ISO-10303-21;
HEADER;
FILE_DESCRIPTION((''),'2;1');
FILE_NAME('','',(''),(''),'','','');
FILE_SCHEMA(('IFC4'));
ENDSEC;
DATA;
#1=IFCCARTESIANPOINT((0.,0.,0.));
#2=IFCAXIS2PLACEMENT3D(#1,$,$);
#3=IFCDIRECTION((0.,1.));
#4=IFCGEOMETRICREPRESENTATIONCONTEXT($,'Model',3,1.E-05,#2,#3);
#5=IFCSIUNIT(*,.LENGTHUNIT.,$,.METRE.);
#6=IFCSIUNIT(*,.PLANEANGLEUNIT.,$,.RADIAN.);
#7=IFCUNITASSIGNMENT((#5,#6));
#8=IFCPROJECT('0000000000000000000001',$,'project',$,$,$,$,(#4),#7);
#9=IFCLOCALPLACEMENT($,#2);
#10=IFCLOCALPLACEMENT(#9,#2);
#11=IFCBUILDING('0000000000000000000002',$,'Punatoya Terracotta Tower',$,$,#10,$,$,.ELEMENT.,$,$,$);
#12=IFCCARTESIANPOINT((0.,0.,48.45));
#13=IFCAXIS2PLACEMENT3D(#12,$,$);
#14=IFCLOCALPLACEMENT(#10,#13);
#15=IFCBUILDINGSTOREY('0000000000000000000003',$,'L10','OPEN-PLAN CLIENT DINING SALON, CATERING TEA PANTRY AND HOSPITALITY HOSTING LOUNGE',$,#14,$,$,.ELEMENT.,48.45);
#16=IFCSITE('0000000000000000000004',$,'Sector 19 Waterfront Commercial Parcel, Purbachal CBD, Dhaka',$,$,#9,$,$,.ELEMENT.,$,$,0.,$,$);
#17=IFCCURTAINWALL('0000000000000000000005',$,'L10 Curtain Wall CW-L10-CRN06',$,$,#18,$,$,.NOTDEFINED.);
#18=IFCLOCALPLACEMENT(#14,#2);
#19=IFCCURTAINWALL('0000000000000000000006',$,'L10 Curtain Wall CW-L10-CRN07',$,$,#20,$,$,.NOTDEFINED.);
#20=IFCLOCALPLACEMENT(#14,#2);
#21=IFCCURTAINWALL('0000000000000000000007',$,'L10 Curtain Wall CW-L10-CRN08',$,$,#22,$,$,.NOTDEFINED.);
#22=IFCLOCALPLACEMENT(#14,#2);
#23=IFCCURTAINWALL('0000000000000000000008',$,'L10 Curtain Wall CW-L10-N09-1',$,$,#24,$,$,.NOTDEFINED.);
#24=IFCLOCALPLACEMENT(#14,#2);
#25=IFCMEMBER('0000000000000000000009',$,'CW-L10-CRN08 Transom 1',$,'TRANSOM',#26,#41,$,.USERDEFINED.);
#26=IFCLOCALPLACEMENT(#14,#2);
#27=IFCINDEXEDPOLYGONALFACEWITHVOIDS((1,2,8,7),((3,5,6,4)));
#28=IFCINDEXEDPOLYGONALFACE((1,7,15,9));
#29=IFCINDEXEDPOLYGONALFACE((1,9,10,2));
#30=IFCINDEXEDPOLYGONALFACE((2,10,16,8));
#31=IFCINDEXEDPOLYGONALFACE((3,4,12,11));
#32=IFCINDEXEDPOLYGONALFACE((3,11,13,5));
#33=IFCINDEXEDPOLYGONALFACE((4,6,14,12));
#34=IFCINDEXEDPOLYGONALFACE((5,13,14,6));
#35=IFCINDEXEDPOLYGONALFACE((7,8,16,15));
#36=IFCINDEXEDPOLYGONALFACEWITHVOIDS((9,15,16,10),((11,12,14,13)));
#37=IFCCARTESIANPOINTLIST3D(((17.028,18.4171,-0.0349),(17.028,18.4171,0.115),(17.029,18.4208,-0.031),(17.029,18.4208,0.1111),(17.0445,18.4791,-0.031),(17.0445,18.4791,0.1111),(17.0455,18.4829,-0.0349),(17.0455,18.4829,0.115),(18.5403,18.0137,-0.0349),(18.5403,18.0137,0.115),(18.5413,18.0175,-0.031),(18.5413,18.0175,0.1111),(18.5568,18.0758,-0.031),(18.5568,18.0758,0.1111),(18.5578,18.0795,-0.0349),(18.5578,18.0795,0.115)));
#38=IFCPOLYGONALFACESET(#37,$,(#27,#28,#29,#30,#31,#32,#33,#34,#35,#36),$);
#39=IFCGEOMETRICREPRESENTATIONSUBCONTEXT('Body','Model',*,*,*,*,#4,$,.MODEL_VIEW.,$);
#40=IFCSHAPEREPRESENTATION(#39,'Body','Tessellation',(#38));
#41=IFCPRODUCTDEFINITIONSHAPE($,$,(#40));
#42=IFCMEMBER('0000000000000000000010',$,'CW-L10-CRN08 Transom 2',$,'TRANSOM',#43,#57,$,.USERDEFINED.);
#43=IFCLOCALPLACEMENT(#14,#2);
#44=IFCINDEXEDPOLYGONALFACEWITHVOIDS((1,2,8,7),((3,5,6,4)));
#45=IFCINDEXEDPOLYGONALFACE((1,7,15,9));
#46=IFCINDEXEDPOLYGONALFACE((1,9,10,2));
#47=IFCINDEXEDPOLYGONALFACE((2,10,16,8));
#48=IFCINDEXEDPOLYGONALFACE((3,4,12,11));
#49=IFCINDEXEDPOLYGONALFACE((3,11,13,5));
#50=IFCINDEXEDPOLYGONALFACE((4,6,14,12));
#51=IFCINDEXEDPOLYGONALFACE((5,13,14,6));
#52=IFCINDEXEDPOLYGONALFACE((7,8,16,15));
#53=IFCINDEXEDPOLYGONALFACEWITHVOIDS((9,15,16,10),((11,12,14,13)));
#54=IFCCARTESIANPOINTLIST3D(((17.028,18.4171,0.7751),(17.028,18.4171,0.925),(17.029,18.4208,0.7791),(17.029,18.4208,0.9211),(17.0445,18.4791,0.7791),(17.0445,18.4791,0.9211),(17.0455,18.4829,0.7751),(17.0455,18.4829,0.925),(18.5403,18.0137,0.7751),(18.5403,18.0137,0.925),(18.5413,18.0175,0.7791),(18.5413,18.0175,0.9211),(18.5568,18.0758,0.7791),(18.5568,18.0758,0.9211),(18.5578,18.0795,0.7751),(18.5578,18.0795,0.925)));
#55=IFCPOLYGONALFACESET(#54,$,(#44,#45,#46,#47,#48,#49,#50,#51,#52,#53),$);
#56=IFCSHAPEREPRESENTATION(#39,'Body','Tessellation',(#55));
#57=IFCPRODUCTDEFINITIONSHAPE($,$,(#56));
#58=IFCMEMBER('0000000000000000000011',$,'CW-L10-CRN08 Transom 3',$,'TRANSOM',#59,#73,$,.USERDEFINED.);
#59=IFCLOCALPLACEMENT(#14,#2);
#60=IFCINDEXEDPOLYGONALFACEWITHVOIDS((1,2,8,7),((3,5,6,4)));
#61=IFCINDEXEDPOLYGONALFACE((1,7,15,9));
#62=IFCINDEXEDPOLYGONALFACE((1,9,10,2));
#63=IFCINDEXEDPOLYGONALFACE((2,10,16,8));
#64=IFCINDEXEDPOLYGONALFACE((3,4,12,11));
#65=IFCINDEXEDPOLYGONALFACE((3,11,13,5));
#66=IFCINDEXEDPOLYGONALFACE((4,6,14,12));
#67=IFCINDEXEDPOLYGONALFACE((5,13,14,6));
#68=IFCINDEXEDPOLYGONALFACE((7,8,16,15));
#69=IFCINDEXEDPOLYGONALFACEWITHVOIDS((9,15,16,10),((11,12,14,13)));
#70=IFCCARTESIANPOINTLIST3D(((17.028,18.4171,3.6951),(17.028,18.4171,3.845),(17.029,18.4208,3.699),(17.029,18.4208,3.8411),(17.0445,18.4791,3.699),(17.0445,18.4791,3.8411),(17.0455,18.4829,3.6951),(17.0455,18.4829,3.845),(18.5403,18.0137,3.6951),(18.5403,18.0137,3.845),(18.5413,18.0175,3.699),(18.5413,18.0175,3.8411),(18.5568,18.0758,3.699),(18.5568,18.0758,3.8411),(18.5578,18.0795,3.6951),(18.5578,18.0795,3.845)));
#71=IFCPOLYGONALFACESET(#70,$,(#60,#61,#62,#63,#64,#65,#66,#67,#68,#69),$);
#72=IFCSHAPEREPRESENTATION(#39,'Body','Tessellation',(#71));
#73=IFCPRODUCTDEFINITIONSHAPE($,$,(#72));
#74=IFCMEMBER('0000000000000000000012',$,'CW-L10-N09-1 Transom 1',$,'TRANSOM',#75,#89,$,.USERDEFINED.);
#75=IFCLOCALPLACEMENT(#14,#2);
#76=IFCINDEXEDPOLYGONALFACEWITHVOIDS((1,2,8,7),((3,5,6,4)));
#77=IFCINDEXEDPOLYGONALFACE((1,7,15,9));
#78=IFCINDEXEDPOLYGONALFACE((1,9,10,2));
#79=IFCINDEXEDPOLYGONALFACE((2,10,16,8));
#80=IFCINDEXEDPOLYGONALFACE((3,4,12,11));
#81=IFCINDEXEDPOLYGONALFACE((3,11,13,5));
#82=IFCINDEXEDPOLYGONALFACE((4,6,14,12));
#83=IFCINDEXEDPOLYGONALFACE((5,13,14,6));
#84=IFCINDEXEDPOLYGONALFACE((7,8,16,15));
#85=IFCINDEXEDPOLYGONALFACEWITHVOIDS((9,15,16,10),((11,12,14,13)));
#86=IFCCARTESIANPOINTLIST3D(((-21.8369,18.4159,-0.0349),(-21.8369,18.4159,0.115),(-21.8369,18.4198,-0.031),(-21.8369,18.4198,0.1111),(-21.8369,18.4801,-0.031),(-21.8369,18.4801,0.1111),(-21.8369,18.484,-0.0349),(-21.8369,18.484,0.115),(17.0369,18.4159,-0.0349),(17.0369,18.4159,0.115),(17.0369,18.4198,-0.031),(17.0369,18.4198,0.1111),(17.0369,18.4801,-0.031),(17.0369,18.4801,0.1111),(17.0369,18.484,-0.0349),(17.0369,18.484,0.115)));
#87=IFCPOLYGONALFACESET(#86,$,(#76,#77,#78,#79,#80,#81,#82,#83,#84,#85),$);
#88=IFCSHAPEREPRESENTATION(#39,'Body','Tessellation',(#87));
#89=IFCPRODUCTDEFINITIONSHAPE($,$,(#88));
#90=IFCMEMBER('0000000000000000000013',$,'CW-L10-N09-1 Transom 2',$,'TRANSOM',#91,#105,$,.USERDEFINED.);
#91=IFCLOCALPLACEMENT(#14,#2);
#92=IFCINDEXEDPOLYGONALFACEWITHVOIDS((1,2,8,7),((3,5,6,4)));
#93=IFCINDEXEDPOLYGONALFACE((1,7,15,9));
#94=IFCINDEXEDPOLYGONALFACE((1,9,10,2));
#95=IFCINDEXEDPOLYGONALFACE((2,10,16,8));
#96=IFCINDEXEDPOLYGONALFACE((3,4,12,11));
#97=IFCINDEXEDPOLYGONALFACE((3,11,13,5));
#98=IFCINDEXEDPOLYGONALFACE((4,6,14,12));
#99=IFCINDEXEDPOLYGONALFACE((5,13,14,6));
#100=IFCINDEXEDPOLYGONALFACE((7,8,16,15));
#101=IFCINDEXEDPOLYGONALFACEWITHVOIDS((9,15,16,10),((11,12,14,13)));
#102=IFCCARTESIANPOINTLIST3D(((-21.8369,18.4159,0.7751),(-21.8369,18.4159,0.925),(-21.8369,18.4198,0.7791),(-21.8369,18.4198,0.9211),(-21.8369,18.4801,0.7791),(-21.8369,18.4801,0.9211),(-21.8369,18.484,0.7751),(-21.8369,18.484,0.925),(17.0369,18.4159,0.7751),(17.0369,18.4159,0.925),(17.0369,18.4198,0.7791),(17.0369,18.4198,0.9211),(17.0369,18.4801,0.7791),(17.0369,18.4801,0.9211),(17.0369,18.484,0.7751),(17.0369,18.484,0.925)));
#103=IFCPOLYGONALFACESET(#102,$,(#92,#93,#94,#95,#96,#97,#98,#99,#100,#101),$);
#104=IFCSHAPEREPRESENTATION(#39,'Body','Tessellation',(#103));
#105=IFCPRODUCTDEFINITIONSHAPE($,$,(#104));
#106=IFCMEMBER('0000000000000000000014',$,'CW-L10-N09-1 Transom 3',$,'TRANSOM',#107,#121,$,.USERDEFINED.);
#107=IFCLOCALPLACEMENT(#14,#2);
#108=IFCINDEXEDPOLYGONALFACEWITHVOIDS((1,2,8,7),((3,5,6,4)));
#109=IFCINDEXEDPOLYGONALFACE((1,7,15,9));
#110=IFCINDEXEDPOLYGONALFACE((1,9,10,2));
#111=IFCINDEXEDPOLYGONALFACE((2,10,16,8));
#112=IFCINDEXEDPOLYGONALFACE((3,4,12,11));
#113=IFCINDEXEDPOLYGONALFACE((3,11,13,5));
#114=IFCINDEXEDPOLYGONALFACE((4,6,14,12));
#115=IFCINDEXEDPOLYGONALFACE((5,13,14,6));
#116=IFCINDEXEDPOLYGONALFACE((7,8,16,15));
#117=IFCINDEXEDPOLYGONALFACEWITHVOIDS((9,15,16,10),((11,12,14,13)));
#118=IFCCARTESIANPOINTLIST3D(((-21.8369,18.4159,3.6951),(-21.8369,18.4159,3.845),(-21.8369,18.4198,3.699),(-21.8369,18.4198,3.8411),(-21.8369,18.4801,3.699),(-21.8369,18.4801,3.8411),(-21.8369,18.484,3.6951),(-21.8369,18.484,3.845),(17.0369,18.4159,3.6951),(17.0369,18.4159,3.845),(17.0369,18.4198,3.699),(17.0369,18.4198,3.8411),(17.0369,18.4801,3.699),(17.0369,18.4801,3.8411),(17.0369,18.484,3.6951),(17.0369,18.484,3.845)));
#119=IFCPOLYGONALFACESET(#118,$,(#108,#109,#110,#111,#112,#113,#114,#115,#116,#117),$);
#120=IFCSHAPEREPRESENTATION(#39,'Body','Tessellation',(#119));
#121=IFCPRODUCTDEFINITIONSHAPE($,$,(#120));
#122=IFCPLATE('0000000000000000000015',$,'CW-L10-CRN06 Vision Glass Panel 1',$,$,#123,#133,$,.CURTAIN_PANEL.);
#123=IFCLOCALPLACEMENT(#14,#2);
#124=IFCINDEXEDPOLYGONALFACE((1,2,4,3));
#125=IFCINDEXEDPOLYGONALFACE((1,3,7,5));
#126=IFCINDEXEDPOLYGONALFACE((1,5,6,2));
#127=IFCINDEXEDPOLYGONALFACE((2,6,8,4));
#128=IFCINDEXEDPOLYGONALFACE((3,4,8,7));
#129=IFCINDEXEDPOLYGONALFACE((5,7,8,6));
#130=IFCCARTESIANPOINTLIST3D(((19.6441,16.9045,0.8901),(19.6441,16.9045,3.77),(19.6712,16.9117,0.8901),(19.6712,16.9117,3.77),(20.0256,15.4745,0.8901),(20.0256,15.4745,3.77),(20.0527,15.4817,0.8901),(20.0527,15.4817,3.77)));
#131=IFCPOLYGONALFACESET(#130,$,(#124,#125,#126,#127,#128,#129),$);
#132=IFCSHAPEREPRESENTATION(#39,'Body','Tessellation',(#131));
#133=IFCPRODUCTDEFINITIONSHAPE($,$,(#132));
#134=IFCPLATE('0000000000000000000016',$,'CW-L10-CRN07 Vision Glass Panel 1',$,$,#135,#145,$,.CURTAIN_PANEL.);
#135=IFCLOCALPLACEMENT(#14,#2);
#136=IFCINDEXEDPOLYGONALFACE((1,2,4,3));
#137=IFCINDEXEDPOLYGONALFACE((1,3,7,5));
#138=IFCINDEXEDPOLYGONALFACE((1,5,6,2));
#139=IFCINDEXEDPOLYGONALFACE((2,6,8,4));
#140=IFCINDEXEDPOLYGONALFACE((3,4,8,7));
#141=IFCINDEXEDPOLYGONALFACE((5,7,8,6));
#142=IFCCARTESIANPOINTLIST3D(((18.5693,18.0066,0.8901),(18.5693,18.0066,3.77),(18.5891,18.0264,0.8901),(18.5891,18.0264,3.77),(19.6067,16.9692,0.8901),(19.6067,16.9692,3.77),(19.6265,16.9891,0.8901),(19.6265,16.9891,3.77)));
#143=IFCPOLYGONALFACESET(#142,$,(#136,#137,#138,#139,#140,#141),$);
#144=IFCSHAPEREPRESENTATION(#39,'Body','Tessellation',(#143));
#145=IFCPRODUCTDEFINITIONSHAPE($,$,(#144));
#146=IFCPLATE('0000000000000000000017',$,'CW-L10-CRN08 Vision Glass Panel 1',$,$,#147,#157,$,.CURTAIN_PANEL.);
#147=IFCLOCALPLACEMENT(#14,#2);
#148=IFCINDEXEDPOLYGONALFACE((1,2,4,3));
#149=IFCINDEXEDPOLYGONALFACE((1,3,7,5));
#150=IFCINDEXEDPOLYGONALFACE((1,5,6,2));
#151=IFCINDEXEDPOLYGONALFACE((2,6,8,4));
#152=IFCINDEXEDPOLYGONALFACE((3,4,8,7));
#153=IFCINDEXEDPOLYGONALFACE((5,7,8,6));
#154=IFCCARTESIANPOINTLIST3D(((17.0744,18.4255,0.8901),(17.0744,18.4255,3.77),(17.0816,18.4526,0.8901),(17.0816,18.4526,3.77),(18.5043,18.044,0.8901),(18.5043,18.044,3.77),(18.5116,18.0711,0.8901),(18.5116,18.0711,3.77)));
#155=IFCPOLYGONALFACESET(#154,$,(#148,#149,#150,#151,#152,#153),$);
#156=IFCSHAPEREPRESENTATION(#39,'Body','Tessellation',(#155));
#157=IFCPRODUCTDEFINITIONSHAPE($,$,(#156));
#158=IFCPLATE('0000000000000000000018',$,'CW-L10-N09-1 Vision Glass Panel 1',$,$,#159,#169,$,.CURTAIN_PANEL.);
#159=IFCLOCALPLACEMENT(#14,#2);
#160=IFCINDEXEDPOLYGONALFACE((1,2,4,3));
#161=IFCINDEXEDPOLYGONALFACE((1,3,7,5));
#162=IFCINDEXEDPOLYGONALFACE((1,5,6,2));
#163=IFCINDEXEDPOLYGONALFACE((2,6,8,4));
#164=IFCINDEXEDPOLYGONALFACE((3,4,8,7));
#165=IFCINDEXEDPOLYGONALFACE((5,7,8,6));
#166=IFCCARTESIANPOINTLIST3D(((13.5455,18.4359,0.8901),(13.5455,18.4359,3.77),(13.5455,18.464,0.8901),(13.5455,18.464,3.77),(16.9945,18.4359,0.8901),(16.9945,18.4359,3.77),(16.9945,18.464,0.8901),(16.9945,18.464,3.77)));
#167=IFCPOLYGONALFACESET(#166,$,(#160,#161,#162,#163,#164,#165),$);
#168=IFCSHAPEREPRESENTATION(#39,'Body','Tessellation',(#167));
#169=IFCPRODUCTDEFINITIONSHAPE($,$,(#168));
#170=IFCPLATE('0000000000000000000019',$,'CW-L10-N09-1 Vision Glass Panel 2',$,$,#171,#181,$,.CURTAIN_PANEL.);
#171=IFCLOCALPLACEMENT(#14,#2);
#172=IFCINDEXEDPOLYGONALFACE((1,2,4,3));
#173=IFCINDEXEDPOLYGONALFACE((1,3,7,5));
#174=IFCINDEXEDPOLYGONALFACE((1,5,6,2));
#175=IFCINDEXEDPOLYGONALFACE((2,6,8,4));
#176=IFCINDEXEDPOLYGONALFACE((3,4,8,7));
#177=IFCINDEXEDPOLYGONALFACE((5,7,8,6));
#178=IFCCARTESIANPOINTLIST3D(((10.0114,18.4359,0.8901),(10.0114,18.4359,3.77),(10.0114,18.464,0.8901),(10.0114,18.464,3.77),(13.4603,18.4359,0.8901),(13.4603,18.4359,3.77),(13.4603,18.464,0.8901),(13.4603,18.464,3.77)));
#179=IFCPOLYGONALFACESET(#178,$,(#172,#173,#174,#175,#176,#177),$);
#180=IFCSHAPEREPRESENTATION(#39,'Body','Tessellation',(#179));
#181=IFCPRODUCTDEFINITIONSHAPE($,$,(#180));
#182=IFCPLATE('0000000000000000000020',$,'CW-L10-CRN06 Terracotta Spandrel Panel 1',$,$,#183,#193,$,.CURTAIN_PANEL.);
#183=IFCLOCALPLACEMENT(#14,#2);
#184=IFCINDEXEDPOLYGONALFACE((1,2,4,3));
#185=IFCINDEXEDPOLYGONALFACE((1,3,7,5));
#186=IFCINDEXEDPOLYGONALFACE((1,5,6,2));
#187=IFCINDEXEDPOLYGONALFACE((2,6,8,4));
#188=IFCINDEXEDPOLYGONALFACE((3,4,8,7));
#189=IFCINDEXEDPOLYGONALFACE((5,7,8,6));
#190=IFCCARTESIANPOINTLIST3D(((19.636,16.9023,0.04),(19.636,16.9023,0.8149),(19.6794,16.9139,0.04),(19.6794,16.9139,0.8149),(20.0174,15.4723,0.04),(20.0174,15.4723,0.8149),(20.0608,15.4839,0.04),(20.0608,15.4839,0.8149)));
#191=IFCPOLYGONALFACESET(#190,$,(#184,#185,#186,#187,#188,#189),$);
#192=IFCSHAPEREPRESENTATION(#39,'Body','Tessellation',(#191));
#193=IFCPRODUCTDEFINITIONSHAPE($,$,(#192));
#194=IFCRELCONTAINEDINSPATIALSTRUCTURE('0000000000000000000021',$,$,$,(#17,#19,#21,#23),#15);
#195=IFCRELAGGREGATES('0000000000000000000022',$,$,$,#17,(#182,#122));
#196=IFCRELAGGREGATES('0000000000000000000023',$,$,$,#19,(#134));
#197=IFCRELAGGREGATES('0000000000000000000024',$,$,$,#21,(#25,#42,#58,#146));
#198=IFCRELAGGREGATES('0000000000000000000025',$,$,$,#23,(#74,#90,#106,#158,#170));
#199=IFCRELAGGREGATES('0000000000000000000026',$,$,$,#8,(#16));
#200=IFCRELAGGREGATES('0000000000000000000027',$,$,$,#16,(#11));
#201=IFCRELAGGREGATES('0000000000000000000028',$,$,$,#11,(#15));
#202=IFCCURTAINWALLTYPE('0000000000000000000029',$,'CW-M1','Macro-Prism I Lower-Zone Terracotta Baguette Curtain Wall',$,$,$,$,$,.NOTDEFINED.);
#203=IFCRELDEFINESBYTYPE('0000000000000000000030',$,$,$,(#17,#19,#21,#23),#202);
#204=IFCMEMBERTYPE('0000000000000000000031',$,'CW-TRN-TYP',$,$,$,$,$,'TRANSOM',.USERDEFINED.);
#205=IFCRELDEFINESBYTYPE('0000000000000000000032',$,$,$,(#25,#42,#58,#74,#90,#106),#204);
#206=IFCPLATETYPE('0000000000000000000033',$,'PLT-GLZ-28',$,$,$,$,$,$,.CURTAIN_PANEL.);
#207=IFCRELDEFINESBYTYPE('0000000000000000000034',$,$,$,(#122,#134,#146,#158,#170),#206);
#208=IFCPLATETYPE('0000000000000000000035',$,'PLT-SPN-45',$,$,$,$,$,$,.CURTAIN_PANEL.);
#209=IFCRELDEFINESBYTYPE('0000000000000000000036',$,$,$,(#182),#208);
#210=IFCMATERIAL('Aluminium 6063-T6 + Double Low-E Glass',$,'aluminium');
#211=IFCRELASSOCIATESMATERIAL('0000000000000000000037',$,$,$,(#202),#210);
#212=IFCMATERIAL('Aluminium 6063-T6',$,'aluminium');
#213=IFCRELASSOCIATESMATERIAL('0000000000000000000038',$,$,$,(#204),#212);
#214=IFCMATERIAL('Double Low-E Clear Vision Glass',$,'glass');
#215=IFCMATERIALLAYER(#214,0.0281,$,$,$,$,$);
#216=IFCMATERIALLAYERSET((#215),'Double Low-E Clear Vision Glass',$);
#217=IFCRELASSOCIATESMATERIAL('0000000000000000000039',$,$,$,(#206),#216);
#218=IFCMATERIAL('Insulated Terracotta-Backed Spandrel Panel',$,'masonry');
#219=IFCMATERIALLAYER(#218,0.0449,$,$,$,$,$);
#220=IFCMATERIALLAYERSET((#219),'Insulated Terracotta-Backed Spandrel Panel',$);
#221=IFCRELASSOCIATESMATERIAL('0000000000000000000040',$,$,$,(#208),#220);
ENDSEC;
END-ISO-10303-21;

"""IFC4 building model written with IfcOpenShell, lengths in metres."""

from ifc_helpers import new_model, si_unit, direction, frame, origin, origin_2d, place, context, subcontext, project, spatial, rectangle, hollow_rectangle, extrude, material, layer, layer_set, material_profile, profile_set, type_object, element, aggregate, save


model = new_model("IFC4")

# Units and contexts
model_context = context("Model", 3, precision=1e-05, world=origin(), true_north=direction((0.0, 1.0)))
body_context = subcontext(model_context, "Body", "Model", "MODEL_VIEW")
ifc_project = project(units=[si_unit("LENGTHUNIT", "METRE"), si_unit("PLANEANGLEUNIT", "RADIAN")], contexts=[model_context])

# Site, building, storey
site_placement = place(None, origin())
site = spatial("IfcSite", under=ifc_project, at=site_placement, Name="Sector 19 Waterfront Commercial Parcel, Purbachal CBD, Dhaka", CompositionType="ELEMENT", RefElevation=0.0)
building_placement = place(site_placement, origin())
building = spatial("IfcBuilding", under=site, at=building_placement, Name="Punatoya Terracotta Tower", CompositionType="ELEMENT")
storey_placement = place(building_placement, frame((0.0, 0.0, 48.45)))
storey = spatial("IfcBuildingStorey", under=building, at=storey_placement, Name="L10", Description="OPEN-PLAN CLIENT DINING SALON, CATERING TEA PANTRY AND HOSPITALITY HOSTING LOUNGE", CompositionType="ELEMENT", Elevation=48.45)

# Curtain wall
ifc_material_1 = material(Name="Aluminium 6063-T6 + Double Low-E Glass", Category="aluminium")
curtain_wall_type = type_object("IfcCurtainWallType", Name="CW-M1", Description="Macro-Prism I Lower-Zone Terracotta Baguette Curtain Wall", PredefinedType="NOTDEFINED", material=ifc_material_1)
curtain_wall_1_placement = place(storey_placement, origin())
curtain_wall_1 = element("IfcCurtainWall", 1, at=curtain_wall_1_placement, inside=storey, type_object=curtain_wall_type, Name="L10 Curtain Wall CW-L10-CRN06", PredefinedType="NOTDEFINED")
ifc_material_2 = material(Name="Aluminium 6063-T6", Category="aluminium")

# Curtain walls
curtain_wall_2_placement = place(storey_placement, origin())
curtain_wall_2 = element("IfcCurtainWall", 2, at=curtain_wall_2_placement, inside=storey, type_object=curtain_wall_type, Name="L10 Curtain Wall CW-L10-CRN07", PredefinedType="NOTDEFINED")
curtain_wall_3_placement = place(storey_placement, origin())
curtain_wall_3 = element("IfcCurtainWall", 3, at=curtain_wall_3_placement, inside=storey, type_object=curtain_wall_type, Name="L10 Curtain Wall CW-L10-CRN08", PredefinedType="NOTDEFINED")
curtain_wall_4_placement = place(storey_placement, origin())
curtain_wall_4 = element("IfcCurtainWall", 4, at=curtain_wall_4_placement, inside=storey, type_object=curtain_wall_type, Name="L10 Curtain Wall CW-L10-N09-1", PredefinedType="NOTDEFINED")

# Members
ifc_material_profile_1 = material_profile(ifc_material_2, hollow_rectangle(XDim=0.0681, YDim=0.1499, WallThickness=0.0039, at=origin_2d()))
ifc_profile_set_1 = profile_set([ifc_material_profile_1], Name="Aluminium 6063-T6")
member_type_1 = type_object("IfcMemberType", Name="CW-TRN-TYP", ElementType="TRANSOM", PredefinedType="USERDEFINED", material=ifc_profile_set_1)
member_1_placement = place(storey_placement, frame((18.5491, 18.0466, 0.04), z_axis=(-0.966225, 0.257701, 0.0), x_axis=(-0.257701, -0.966225, 0.0)))
member_1 = element("IfcMember", 5, at=member_1_placement, type_object=member_type_1, Name="CW-L10-CRN08 Transom 1", ObjectType="TRANSOM", PredefinedType="USERDEFINED", context=body_context, shape_type="SweptSolid", body=[
    extrude(hollow_rectangle(XDim=0.0681, YDim=0.1499, WallThickness=0.0039, at=origin_2d()), origin(), (0.0, 0.0, 1.0), 1.5652),
])
member_2_placement = place(storey_placement, frame((18.5491, 18.0466, 0.8501), z_axis=(-0.966225, 0.257701, 0.0), x_axis=(-0.257701, -0.966225, 0.0)))
member_2 = element("IfcMember", 6, at=member_2_placement, type_object=member_type_1, Name="CW-L10-CRN08 Transom 2", ObjectType="TRANSOM", PredefinedType="USERDEFINED", context=body_context, shape_type="SweptSolid", body=[
    extrude(hollow_rectangle(XDim=0.0681, YDim=0.1499, WallThickness=0.0039, at=origin_2d()), origin(), (0.0, 0.0, 1.0), 1.5652),
])
member_3_placement = place(storey_placement, frame((18.5491, 18.0466, 3.77), z_axis=(-0.966225, 0.257701, 0.0), x_axis=(-0.257701, -0.966225, 0.0)))
member_3 = element("IfcMember", 7, at=member_3_placement, type_object=member_type_1, Name="CW-L10-CRN08 Transom 3", ObjectType="TRANSOM", PredefinedType="USERDEFINED", context=body_context, shape_type="SweptSolid", body=[
    extrude(hollow_rectangle(XDim=0.0681, YDim=0.1499, WallThickness=0.0039, at=origin_2d()), origin(), (0.0, 0.0, 1.0), 1.5652),
])
member_4_placement = place(storey_placement, frame((17.0369, 18.45, 0.04), z_axis=(-1.0, 0.0, 0.0), x_axis=(0.0, -1.0, 0.0)))
member_4 = element("IfcMember", 8, at=member_4_placement, type_object=member_type_1, Name="CW-L10-N09-1 Transom 1", ObjectType="TRANSOM", PredefinedType="USERDEFINED", context=body_context, shape_type="SweptSolid", body=[
    extrude(hollow_rectangle(XDim=0.0681, YDim=0.1499, WallThickness=0.0039, at=origin_2d()), origin(), (0.0, 0.0, 1.0), 38.8738),
])
member_5_placement = place(storey_placement, frame((17.0369, 18.45, 0.8501), z_axis=(-1.0, 0.0, 0.0), x_axis=(0.0, -1.0, 0.0)))
member_5 = element("IfcMember", 9, at=member_5_placement, type_object=member_type_1, Name="CW-L10-N09-1 Transom 2", ObjectType="TRANSOM", PredefinedType="USERDEFINED", context=body_context, shape_type="SweptSolid", body=[
    extrude(hollow_rectangle(XDim=0.0681, YDim=0.1499, WallThickness=0.0039, at=origin_2d()), origin(), (0.0, 0.0, 1.0), 38.8738),
])
member_6_placement = place(storey_placement, frame((17.0369, 18.45, 3.77), z_axis=(-1.0, 0.0, 0.0), x_axis=(0.0, -1.0, 0.0)))
member_6 = element("IfcMember", 10, at=member_6_placement, type_object=member_type_1, Name="CW-L10-N09-1 Transom 3", ObjectType="TRANSOM", PredefinedType="USERDEFINED", context=body_context, shape_type="SweptSolid", body=[
    extrude(hollow_rectangle(XDim=0.0681, YDim=0.1499, WallThickness=0.0039, at=origin_2d()), origin(), (0.0, 0.0, 1.0), 38.8738),
])

# Plates
ifc_material_3 = material(Name="Double Low-E Clear Vision Glass", Category="glass")
ifc_layer_1 = layer(ifc_material_3, 0.0281)
ifc_layer_set_1 = layer_set([ifc_layer_1], Name="Double Low-E Clear Vision Glass")
plate_type_1 = type_object("IfcPlateType", Name="PLT-GLZ-28", PredefinedType="CURTAIN_PANEL", material=ifc_layer_set_1)
plate_1_placement = place(storey_placement, frame((19.8484, 16.1931, 0.8901), z_axis=(0.0, 0.0, 1.0), x_axis=(-0.257742, 0.966214, 0.0)))
plate_1 = element("IfcPlate", 11, at=plate_1_placement, type_object=plate_type_1, Name="CW-L10-CRN06 Vision Glass Panel 1", PredefinedType="CURTAIN_PANEL", context=body_context, shape_type="SweptSolid", body=[
    extrude(rectangle(XDim=1.48, YDim=0.0281, at=origin_2d()), origin(), (0.0, 0.0, 1.0), 2.8799),
])
plate_2_placement = place(storey_placement, frame((19.0979, 17.4978, 0.8901), z_axis=(0.0, 0.0, 1.0), x_axis=(-0.707107, 0.707107, 0.0)))
plate_2 = element("IfcPlate", 12, at=plate_2_placement, type_object=plate_type_1, Name="CW-L10-CRN07 Vision Glass Panel 1", PredefinedType="CURTAIN_PANEL", context=body_context, shape_type="SweptSolid", body=[
    extrude(rectangle(XDim=1.467, YDim=0.0281, at=origin_2d()), origin(), (0.0, 0.0, 1.0), 2.8799),
])
plate_3_placement = place(storey_placement, frame((17.793, 18.2483, 0.8901), z_axis=(0.0, 0.0, 1.0), x_axis=(-0.966214, 0.257742, 0.0)))
plate_3 = element("IfcPlate", 13, at=plate_3_placement, type_object=plate_type_1, Name="CW-L10-CRN08 Vision Glass Panel 1", PredefinedType="CURTAIN_PANEL", context=body_context, shape_type="SweptSolid", body=[
    extrude(rectangle(XDim=1.48, YDim=0.0281, at=origin_2d()), origin(), (0.0, 0.0, 1.0), 2.8799),
])
plate_4_placement = place(storey_placement, frame((15.27, 18.45, 0.8901), z_axis=(0.0, 0.0, 1.0), x_axis=(-1.0, 0.0, 0.0)))
plate_4 = element("IfcPlate", 14, at=plate_4_placement, type_object=plate_type_1, Name="CW-L10-N09-1 Vision Glass Panel 1", PredefinedType="CURTAIN_PANEL", context=body_context, shape_type="SweptSolid", body=[
    extrude(rectangle(XDim=3.449, YDim=0.0281, at=origin_2d()), origin(), (0.0, 0.0, 1.0), 2.8799),
])
plate_5_placement = place(storey_placement, frame((11.7358, 18.45, 0.8901), z_axis=(0.0, 0.0, 1.0), x_axis=(-1.0, 0.0, 0.0)))
plate_5 = element("IfcPlate", 15, at=plate_5_placement, type_object=plate_type_1, Name="CW-L10-N09-1 Vision Glass Panel 2", PredefinedType="CURTAIN_PANEL", context=body_context, shape_type="SweptSolid", body=[
    extrude(rectangle(XDim=3.449, YDim=0.0281, at=origin_2d()), origin(), (0.0, 0.0, 1.0), 2.8799),
])
ifc_material_4 = material(Name="Insulated Terracotta-Backed Spandrel Panel", Category="masonry")
ifc_layer_2 = layer(ifc_material_4, 0.0449)
ifc_layer_set_2 = layer_set([ifc_layer_2], Name="Insulated Terracotta-Backed Spandrel Panel")
plate_type_2 = type_object("IfcPlateType", Name="PLT-SPN-45", PredefinedType="CURTAIN_PANEL", material=ifc_layer_set_2)
plate_6_placement = place(storey_placement, frame((19.8484, 16.1931, 0.04), z_axis=(0.0, 0.0, 1.0), x_axis=(-0.257742, 0.966214, 0.0)))
plate_6 = element("IfcPlate", 16, at=plate_6_placement, type_object=plate_type_2, Name="CW-L10-CRN06 Terracotta Spandrel Panel 1", PredefinedType="CURTAIN_PANEL", context=body_context, shape_type="SweptSolid", body=[
    extrude(rectangle(XDim=1.48, YDim=0.0449, at=origin_2d()), origin(), (0.0, 0.0, 1.0), 0.7749),
])
aggregate(curtain_wall_1, [plate_6, plate_1])
aggregate(curtain_wall_2, [plate_2])
aggregate(curtain_wall_3, [member_1, member_2, member_3, plate_3])
aggregate(curtain_wall_4, [member_4, member_5, member_6, plate_4, plate_5])

save(model, "model.ifc")
